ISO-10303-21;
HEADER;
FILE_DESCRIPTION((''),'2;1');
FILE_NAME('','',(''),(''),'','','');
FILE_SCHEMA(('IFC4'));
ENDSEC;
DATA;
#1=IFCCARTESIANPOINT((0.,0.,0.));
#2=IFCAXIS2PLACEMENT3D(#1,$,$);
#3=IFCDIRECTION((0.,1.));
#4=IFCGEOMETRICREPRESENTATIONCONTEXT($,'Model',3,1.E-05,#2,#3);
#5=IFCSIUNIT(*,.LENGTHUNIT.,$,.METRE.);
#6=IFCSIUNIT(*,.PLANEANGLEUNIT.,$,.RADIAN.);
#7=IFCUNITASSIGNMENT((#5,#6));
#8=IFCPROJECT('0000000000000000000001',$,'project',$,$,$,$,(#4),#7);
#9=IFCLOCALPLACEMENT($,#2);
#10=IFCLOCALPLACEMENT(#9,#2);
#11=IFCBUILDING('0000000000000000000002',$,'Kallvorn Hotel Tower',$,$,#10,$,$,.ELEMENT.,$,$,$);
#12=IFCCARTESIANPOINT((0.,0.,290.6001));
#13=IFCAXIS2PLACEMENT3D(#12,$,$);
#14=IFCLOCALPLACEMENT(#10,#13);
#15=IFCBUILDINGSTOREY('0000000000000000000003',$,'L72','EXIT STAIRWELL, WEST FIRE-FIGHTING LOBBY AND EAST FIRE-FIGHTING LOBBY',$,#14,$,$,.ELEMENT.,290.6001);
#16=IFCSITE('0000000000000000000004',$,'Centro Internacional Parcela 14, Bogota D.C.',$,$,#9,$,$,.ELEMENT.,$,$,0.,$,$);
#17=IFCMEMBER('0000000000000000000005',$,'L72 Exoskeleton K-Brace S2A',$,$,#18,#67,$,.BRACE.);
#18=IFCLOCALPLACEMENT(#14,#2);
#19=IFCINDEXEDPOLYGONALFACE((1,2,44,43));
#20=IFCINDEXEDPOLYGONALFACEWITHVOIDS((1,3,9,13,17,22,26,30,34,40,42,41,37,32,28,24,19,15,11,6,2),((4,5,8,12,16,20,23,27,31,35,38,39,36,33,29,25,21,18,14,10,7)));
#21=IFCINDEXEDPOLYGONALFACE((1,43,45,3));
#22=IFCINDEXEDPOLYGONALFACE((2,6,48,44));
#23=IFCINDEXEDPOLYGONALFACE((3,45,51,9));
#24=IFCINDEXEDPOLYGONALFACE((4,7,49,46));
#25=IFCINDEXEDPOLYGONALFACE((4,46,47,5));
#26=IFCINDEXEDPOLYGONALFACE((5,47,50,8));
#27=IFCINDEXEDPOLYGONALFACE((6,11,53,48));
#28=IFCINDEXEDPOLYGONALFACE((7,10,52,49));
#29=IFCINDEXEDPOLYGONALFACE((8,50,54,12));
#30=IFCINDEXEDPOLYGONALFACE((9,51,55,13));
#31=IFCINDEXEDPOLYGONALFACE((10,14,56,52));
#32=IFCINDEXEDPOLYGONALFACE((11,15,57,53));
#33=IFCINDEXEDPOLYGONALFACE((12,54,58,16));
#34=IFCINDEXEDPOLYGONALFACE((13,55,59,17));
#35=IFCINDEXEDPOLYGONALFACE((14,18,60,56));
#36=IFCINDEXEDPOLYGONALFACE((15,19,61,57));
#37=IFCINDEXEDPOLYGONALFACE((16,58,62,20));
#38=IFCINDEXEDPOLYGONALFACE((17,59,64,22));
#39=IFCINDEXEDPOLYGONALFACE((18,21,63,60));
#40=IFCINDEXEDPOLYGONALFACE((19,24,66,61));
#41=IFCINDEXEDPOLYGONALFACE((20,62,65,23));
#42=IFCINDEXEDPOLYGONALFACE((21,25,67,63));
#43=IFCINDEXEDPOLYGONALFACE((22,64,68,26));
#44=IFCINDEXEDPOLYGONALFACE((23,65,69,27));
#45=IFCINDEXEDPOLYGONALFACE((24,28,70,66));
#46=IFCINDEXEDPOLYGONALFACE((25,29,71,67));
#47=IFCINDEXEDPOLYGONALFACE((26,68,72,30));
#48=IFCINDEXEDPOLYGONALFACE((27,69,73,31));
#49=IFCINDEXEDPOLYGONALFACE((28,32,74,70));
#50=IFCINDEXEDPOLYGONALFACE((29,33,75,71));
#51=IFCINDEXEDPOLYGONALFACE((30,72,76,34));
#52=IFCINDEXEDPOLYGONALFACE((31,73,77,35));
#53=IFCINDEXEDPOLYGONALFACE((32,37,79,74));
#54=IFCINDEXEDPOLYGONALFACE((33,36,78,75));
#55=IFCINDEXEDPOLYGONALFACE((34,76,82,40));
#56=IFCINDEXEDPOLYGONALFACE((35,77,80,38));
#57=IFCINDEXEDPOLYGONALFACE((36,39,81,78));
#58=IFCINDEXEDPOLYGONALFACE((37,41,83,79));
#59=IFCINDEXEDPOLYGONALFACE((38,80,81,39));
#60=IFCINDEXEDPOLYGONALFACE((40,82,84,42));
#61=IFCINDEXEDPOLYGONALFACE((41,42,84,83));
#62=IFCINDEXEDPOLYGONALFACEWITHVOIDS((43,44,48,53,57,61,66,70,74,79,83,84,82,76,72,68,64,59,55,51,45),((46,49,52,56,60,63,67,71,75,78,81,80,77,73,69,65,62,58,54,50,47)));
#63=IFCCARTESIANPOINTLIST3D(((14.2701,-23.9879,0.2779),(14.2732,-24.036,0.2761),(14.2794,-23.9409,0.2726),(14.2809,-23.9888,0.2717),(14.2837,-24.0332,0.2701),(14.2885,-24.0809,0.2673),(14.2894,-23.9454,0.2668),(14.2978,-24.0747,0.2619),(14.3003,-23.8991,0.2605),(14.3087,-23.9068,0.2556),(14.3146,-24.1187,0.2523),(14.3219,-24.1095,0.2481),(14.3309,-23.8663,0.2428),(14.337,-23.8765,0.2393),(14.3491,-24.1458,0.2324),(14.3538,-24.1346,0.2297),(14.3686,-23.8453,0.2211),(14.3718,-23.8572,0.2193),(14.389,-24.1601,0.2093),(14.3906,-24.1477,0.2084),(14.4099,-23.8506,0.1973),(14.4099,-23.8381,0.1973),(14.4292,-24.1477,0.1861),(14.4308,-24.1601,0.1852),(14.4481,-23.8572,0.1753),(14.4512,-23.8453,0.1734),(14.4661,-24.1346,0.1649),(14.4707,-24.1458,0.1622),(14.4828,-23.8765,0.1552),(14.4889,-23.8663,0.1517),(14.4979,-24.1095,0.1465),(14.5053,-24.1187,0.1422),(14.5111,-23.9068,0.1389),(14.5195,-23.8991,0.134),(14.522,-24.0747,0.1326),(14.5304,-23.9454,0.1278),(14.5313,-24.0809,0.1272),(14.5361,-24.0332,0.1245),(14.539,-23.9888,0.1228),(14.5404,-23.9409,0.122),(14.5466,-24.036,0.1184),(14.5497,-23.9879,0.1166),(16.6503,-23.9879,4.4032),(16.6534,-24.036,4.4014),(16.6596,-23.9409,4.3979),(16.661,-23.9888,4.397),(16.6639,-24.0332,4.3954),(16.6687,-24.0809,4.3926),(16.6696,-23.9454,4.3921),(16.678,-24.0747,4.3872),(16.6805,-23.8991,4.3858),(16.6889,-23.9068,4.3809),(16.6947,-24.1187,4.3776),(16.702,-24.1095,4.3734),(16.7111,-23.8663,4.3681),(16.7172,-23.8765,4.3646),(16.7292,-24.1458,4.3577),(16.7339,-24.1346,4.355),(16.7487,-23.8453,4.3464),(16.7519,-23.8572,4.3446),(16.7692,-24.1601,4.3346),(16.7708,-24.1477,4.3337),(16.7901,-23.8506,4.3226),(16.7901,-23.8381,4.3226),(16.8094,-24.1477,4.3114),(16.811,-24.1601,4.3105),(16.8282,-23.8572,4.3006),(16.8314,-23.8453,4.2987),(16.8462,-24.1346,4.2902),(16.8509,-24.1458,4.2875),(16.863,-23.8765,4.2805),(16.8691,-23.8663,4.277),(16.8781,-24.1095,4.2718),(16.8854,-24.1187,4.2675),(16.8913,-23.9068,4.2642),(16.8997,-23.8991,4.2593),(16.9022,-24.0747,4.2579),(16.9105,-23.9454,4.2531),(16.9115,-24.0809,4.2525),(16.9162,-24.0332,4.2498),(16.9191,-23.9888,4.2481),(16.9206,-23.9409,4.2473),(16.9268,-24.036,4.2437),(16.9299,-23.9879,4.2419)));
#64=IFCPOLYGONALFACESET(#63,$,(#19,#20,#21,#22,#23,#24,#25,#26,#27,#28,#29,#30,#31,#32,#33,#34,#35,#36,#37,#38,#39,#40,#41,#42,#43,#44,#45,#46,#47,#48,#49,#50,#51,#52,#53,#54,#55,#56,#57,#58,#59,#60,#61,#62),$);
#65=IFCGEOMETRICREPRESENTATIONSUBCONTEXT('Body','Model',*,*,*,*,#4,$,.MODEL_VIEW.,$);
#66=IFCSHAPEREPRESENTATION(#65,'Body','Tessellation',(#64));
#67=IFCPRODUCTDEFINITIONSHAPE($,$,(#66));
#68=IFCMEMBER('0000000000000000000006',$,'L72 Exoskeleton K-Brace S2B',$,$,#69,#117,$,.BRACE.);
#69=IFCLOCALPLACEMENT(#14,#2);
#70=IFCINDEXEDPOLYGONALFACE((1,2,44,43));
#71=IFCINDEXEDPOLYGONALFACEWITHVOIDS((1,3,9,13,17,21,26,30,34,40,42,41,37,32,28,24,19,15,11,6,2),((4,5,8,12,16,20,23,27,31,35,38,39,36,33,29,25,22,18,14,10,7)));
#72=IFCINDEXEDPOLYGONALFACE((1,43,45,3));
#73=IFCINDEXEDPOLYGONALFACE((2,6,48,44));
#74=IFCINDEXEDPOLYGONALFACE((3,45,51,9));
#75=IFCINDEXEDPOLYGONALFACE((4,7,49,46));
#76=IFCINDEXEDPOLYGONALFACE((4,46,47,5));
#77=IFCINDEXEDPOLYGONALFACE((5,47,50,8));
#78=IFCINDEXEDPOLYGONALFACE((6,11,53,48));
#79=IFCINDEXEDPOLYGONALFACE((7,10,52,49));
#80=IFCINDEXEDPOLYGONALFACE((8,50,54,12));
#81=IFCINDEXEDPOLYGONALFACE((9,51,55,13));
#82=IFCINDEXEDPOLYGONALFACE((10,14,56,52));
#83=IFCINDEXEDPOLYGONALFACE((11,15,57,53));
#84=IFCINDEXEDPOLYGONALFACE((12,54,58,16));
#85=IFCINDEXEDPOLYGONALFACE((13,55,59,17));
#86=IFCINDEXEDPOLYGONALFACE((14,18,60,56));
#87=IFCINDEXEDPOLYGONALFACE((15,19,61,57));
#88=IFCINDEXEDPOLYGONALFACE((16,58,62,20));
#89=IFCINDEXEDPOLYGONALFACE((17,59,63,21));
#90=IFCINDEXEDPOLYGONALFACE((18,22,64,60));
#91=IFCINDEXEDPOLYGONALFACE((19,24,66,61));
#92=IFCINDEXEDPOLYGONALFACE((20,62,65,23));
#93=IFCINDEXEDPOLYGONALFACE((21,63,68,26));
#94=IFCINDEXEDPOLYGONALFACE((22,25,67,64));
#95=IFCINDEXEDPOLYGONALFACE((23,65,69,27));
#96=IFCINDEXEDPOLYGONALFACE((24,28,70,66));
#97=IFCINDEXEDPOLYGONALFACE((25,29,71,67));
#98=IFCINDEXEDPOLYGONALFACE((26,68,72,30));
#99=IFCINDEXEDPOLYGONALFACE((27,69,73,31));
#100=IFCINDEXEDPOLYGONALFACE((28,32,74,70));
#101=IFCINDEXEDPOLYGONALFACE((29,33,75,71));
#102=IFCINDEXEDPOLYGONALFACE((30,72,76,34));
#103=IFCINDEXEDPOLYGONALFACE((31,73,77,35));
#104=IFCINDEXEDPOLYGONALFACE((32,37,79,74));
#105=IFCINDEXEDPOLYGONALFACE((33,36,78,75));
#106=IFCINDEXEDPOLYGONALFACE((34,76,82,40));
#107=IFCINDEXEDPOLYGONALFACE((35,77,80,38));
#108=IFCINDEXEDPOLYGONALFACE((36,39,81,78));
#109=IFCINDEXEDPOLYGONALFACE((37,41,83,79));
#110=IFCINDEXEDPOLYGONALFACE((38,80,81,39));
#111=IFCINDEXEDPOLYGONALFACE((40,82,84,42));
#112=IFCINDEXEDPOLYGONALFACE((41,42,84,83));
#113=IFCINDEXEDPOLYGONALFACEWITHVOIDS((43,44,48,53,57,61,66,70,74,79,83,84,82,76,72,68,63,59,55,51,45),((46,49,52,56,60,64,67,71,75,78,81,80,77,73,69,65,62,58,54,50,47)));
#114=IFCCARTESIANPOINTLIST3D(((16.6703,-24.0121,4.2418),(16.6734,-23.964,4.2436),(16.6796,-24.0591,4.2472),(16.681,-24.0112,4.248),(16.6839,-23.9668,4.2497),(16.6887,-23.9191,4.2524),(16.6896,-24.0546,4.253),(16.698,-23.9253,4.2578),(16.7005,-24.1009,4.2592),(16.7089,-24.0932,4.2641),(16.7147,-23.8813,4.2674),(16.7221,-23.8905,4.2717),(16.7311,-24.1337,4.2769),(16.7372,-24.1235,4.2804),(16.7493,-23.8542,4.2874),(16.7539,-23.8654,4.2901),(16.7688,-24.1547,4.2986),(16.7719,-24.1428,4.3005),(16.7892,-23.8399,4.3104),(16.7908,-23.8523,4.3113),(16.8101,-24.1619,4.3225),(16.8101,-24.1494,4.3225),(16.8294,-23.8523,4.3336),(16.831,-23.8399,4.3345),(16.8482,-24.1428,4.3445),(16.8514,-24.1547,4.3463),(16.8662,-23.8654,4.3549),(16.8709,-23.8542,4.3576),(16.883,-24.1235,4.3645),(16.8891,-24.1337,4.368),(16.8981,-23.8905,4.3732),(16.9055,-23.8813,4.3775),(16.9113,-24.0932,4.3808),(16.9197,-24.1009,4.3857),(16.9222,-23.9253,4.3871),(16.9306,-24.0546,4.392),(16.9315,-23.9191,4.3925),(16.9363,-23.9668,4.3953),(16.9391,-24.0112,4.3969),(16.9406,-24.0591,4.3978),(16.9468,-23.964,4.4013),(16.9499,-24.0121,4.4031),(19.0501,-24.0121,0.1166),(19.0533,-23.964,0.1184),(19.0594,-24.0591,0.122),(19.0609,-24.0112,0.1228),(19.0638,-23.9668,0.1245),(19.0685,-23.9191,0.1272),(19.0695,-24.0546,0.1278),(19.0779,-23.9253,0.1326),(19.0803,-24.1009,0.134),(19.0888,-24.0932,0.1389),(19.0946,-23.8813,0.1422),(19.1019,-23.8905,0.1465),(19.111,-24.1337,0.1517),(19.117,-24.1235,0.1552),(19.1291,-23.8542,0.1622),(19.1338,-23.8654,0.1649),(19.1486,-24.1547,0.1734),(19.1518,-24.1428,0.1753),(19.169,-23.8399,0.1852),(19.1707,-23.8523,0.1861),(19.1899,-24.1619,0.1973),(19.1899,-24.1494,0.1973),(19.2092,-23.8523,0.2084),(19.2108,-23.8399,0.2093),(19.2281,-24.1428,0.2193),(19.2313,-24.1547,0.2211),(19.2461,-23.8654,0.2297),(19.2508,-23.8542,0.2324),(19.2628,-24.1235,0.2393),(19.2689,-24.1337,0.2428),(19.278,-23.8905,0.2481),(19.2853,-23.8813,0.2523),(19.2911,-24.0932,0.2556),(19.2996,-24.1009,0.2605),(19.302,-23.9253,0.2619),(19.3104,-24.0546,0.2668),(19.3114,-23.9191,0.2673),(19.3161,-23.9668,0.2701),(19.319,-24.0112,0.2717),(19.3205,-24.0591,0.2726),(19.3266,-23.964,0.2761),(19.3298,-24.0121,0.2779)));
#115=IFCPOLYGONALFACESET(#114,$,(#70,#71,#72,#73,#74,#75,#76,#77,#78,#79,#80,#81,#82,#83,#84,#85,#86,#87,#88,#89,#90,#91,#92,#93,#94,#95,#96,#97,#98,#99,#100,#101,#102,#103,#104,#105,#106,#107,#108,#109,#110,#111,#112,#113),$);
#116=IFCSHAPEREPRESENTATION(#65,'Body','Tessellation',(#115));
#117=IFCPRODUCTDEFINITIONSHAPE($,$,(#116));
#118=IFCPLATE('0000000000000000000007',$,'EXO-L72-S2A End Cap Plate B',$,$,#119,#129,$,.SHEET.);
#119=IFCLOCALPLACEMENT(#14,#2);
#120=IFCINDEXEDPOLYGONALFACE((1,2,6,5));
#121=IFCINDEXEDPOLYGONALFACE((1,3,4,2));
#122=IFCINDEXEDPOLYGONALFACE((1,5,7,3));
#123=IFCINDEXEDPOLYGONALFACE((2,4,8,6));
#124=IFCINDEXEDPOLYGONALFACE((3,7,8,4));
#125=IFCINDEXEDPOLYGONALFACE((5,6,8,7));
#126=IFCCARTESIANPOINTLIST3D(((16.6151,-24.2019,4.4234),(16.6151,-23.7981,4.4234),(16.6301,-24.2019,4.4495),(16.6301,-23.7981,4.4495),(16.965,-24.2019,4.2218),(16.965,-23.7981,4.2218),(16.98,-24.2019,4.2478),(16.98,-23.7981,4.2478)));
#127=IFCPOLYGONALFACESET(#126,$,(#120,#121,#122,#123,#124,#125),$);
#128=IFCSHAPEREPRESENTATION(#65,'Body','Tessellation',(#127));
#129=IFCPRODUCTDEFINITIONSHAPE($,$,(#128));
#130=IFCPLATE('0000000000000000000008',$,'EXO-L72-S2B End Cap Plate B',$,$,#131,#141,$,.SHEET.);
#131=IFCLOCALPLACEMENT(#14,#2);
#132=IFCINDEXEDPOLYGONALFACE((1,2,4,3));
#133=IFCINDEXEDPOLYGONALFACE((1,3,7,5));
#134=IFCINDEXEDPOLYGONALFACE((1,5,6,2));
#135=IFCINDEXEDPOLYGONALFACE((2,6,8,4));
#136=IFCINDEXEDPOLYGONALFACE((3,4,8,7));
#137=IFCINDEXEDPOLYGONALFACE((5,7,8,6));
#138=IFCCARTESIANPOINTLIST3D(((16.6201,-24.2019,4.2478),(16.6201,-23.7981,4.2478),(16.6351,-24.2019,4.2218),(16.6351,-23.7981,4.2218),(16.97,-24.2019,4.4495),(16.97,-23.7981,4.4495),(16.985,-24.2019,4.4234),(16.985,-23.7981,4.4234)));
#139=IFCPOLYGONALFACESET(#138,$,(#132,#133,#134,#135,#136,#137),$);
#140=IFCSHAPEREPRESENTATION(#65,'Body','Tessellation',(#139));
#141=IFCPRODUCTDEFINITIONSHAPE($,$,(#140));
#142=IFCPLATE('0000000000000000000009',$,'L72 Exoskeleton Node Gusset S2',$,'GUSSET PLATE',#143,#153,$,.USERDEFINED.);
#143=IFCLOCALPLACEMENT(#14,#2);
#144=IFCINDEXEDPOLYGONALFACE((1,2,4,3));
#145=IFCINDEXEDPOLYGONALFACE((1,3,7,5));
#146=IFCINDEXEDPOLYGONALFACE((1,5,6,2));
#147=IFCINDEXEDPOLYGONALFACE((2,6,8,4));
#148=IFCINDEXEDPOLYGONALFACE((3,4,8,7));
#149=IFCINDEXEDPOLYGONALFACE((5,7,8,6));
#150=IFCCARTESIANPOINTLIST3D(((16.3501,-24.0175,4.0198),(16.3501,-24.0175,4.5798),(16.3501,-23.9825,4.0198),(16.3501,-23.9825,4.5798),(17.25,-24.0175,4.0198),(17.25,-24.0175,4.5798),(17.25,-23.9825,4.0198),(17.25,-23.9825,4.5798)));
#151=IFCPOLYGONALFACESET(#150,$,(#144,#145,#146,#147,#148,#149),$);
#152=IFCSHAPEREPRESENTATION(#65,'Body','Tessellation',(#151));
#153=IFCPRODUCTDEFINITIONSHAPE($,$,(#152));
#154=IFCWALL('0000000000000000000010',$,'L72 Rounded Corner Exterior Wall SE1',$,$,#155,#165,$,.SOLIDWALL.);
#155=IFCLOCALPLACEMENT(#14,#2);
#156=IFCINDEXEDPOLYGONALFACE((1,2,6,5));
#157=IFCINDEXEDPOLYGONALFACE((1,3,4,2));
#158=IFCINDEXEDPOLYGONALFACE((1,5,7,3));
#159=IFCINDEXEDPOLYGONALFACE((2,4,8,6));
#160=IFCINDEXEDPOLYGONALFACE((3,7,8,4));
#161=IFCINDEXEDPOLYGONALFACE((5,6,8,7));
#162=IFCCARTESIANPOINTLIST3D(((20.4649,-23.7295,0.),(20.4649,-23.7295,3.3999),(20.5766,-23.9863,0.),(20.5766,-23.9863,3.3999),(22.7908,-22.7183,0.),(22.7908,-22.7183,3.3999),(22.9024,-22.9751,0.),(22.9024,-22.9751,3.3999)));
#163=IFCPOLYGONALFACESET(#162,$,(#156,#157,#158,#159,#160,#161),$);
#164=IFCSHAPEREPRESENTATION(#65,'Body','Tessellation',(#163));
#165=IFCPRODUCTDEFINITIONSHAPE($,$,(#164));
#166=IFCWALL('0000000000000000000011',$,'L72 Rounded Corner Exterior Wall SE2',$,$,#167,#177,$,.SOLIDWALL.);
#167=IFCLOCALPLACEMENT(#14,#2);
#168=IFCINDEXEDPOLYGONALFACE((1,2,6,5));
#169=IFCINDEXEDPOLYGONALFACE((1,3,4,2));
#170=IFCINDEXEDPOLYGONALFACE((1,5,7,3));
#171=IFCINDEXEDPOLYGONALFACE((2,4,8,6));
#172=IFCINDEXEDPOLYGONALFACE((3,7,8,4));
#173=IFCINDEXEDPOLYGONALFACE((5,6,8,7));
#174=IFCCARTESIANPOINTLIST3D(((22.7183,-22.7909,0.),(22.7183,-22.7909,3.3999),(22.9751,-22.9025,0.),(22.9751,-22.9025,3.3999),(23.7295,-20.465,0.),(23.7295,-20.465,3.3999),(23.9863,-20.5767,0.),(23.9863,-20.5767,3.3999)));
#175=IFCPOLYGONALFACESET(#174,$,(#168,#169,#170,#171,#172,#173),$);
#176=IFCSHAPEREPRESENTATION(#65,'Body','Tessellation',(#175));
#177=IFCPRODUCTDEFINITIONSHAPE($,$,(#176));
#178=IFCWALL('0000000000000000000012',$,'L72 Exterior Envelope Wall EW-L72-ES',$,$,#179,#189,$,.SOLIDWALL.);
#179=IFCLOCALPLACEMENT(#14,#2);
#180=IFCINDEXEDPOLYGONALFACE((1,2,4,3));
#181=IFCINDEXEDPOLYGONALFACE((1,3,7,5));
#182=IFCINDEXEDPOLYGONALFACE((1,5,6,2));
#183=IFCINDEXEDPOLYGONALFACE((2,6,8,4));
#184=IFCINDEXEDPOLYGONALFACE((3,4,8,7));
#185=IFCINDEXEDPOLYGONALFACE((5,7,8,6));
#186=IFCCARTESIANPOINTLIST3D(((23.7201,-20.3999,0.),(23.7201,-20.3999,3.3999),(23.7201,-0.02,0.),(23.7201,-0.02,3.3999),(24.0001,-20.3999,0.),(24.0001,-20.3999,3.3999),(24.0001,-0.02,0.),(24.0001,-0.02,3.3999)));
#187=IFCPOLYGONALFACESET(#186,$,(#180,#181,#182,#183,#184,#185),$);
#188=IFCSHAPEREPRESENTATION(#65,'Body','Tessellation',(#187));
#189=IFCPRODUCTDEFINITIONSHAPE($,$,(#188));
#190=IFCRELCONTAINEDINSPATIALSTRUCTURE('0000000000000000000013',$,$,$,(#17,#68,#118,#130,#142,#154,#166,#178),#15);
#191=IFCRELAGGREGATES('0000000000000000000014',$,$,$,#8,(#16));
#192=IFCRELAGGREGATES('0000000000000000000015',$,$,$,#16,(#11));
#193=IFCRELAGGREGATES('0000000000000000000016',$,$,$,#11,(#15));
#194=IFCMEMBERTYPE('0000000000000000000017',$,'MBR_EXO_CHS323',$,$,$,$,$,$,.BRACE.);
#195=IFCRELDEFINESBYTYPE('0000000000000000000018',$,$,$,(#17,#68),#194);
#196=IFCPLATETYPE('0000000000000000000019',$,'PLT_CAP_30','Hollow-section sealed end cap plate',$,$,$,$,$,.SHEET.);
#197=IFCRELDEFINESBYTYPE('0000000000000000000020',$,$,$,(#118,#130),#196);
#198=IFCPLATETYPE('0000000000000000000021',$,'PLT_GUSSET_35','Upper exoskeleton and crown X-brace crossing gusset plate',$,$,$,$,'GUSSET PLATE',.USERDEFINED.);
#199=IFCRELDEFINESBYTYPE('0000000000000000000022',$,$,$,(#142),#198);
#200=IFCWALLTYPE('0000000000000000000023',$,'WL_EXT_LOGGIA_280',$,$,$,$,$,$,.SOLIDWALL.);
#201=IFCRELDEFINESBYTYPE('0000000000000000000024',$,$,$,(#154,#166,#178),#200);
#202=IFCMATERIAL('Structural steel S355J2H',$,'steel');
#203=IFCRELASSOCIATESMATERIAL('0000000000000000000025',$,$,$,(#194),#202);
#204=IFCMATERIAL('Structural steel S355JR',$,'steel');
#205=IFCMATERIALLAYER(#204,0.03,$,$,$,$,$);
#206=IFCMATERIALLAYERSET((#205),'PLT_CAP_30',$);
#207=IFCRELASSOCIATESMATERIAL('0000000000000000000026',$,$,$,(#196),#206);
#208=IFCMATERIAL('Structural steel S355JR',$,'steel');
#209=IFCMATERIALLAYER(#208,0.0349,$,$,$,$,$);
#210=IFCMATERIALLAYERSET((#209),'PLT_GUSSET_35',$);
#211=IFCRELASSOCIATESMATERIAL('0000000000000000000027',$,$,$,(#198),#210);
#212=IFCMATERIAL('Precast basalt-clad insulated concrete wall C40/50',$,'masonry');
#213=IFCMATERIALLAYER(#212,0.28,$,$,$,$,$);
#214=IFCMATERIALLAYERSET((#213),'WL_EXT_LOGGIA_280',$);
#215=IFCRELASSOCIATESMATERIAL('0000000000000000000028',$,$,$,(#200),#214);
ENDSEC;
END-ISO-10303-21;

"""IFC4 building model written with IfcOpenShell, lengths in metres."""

from ifc_helpers import new_model, si_unit, direction, frame, frame_2d, origin, origin_2d, place, context, subcontext, project, spatial, polyline, rectangle, hollow_circle, outline, extrude, material, layer, layer_set, material_profile, profile_set, type_object, element, save


model = new_model("IFC4")

# Units and contexts
model_context = context("Model", 3, precision=1e-05, world=origin(), true_north=direction((0.0, 1.0)))
body_context = subcontext(model_context, "Body", "Model", "MODEL_VIEW")
ifc_project = project(units=[si_unit("LENGTHUNIT", "METRE"), si_unit("PLANEANGLEUNIT", "RADIAN")], contexts=[model_context])

# Site, building, storey
site_placement = place(None, origin())
site = spatial("IfcSite", under=ifc_project, at=site_placement, Name="Centro Internacional Parcela 14, Bogota D.C.", CompositionType="ELEMENT", RefElevation=0.0)
building_placement = place(site_placement, origin())
building = spatial("IfcBuilding", under=site, at=building_placement, Name="Kallvorn Hotel Tower", CompositionType="ELEMENT")
storey_placement = place(building_placement, frame((0.0, 0.0, 290.6001)))
storey = spatial("IfcBuildingStorey", under=building, at=storey_placement, Name="L72", Description="EXIT STAIRWELL, WEST FIRE-FIGHTING LOBBY AND EAST FIRE-FIGHTING LOBBY", CompositionType="ELEMENT", Elevation=290.6001)

# Members
ifc_material_1 = material(Name="Structural steel S355J2H", Category="steel")
ifc_material_profile_1 = material_profile(ifc_material_1, hollow_circle(Radius=0.1619, WallThickness=0.0125, at=origin_2d()), Name="CHS 323.9x12.5")
ifc_profile_set_1 = profile_set([ifc_material_profile_1], Name="Structural steel S355J2H")
member_type = type_object("IfcMemberType", Name="MBR_EXO_CHS323", PredefinedType="BRACE", material=ifc_profile_set_1)
member_1_placement = place(storey_placement, frame((14.4099, -24.0, 0.1973), z_axis=(0.499751, 0.0, 0.866169), x_axis=(0.0, 1.0, 0.0)))
element("IfcMember", 1, at=member_1_placement, inside=storey, type_object=member_type, Name="L72 Exoskeleton K-Brace S2A", PredefinedType="BRACE", context=body_context, shape_type="SweptSolid", body=[
    extrude(hollow_circle(Radius=0.1619, WallThickness=0.0125, at=origin_2d()), origin(), (0.0, 0.0, 1.0), 4.7627),
])
member_2_placement = place(storey_placement, frame((19.1899, -24.0, 0.1973), z_axis=(-0.499712, 0.0, 0.866192), x_axis=(0.0, -1.0, 0.0)))
element("IfcMember", 2, at=member_2_placement, inside=storey, type_object=member_type, Name="L72 Exoskeleton K-Brace S2B", PredefinedType="BRACE", context=body_context, shape_type="SweptSolid", body=[
    extrude(hollow_circle(Radius=0.1619, WallThickness=0.0125, at=origin_2d()), origin(), (0.0, 0.0, 1.0), 4.7625),
])

# Plates
ifc_material_2 = material(Name="Structural steel S355JR", Category="steel")
ifc_layer_1 = layer(ifc_material_2, 0.03)
ifc_layer_set_1 = layer_set([ifc_layer_1], Name="PLT_CAP_30")
plate_type_1 = type_object("IfcPlateType", Name="PLT_CAP_30", Description="Hollow-section sealed end cap plate", PredefinedType="SHEET", material=ifc_layer_set_1)
for number, where, z_axis, x_axis, name in (
    (3, (16.98, -24.2019, 4.2478), (0.499391, 0.0, 0.866377), (0.0, 1.0, 0.0), "EXO-L72-S2A End Cap Plate B"),
    (4, (16.6201, -23.7981, 4.2478), (-0.499391, 0.0, 0.866377), (0.0, -1.0, 0.0), "EXO-L72-S2B End Cap Plate B"),
):
    element("IfcPlate", number, at=place(storey_placement, frame(where, z_axis=z_axis, x_axis=x_axis)), inside=storey, type_object=plate_type_1, Name=name, PredefinedType="SHEET", context=body_context, shape_type="SweptSolid", body=[
        extrude(outline(polyline([(0.0, 0.0), (0.4038, 0.0), (0.4038, 0.4038), (0.0, 0.4038), (0.0, 0.0)])), origin(), (0.0, 0.0, -1.0), 0.03),
    ])
ifc_material_3 = material(Name="Structural steel S355JR", Category="steel")
ifc_layer_2 = layer(ifc_material_3, 0.0349)
ifc_layer_set_2 = layer_set([ifc_layer_2], Name="PLT_GUSSET_35")
plate_type_2 = type_object("IfcPlateType", Name="PLT_GUSSET_35", Description="Upper exoskeleton and crown X-brace crossing gusset plate", ElementType="GUSSET PLATE", PredefinedType="USERDEFINED", material=ifc_layer_set_2)
plate_placement = place(storey_placement, frame((16.8, -24.0, 4.0198), z_axis=(0.0, 0.0, 1.0), x_axis=(1.0, 0.0, 0.0)))
element("IfcPlate", 5, at=plate_placement, inside=storey, type_object=plate_type_2, Name="L72 Exoskeleton Node Gusset S2", ObjectType="GUSSET PLATE", PredefinedType="USERDEFINED", context=body_context, shape_type="SweptSolid", body=[
    extrude(rectangle(XDim=0.8999, YDim=0.0349, at=origin_2d()), origin(), (0.0, 0.0, 1.0), 0.5601),
])

# Walls
ifc_material_4 = material(Name="Precast basalt-clad insulated concrete wall C40/50", Category="masonry")
ifc_layer_3 = layer(ifc_material_4, 0.28)
ifc_layer_set_3 = layer_set([ifc_layer_3], Name="WL_EXT_LOGGIA_280")
wall_type_1 = type_object("IfcWallType", Name="WL_EXT_LOGGIA_280", PredefinedType="SOLIDWALL", material=ifc_layer_set_3)
for number, where, z_axis, x_axis, name in (
    (6, (20.5208, -23.8579, 0.0), (0.0, 0.0, 1.0), (0.917076, 0.398712, 0.0), "L72 Rounded Corner Exterior Wall SE1"),
    (7, (22.8467, -22.8467, 0.0), (0.0, 0.0, 1.0), (0.398712, 0.917076, 0.0), "L72 Rounded Corner Exterior Wall SE2"),
):
    element("IfcWall", number, at=place(storey_placement, frame(where, z_axis=z_axis, x_axis=x_axis)), inside=storey, type_object=wall_type_1, Name=name, PredefinedType="SOLIDWALL", context=body_context, shape_type="SweptSolid", body=[
        extrude(rectangle(XDim=2.5361, YDim=0.28, at=frame_2d((1.2681, 0.0))), origin(), (0.0, 0.0, 1.0), 3.3999),
    ])
wall_1_placement = place(storey_placement, frame((23.8601, -20.3999, 0.0), z_axis=(0.0, 0.0, 1.0), x_axis=(0.0, 1.0, 0.0)))
element("IfcWall", 8, at=wall_1_placement, inside=storey, type_object=wall_type_1, Name="L72 Exterior Envelope Wall EW-L72-ES", PredefinedType="SOLIDWALL", context=body_context, shape_type="SweptSolid", body=[
    extrude(rectangle(XDim=20.3799, YDim=0.28, at=frame_2d((10.1899, 0.0))), origin(), (0.0, 0.0, 1.0), 3.3999),
])

save(model, "model.ifc")
